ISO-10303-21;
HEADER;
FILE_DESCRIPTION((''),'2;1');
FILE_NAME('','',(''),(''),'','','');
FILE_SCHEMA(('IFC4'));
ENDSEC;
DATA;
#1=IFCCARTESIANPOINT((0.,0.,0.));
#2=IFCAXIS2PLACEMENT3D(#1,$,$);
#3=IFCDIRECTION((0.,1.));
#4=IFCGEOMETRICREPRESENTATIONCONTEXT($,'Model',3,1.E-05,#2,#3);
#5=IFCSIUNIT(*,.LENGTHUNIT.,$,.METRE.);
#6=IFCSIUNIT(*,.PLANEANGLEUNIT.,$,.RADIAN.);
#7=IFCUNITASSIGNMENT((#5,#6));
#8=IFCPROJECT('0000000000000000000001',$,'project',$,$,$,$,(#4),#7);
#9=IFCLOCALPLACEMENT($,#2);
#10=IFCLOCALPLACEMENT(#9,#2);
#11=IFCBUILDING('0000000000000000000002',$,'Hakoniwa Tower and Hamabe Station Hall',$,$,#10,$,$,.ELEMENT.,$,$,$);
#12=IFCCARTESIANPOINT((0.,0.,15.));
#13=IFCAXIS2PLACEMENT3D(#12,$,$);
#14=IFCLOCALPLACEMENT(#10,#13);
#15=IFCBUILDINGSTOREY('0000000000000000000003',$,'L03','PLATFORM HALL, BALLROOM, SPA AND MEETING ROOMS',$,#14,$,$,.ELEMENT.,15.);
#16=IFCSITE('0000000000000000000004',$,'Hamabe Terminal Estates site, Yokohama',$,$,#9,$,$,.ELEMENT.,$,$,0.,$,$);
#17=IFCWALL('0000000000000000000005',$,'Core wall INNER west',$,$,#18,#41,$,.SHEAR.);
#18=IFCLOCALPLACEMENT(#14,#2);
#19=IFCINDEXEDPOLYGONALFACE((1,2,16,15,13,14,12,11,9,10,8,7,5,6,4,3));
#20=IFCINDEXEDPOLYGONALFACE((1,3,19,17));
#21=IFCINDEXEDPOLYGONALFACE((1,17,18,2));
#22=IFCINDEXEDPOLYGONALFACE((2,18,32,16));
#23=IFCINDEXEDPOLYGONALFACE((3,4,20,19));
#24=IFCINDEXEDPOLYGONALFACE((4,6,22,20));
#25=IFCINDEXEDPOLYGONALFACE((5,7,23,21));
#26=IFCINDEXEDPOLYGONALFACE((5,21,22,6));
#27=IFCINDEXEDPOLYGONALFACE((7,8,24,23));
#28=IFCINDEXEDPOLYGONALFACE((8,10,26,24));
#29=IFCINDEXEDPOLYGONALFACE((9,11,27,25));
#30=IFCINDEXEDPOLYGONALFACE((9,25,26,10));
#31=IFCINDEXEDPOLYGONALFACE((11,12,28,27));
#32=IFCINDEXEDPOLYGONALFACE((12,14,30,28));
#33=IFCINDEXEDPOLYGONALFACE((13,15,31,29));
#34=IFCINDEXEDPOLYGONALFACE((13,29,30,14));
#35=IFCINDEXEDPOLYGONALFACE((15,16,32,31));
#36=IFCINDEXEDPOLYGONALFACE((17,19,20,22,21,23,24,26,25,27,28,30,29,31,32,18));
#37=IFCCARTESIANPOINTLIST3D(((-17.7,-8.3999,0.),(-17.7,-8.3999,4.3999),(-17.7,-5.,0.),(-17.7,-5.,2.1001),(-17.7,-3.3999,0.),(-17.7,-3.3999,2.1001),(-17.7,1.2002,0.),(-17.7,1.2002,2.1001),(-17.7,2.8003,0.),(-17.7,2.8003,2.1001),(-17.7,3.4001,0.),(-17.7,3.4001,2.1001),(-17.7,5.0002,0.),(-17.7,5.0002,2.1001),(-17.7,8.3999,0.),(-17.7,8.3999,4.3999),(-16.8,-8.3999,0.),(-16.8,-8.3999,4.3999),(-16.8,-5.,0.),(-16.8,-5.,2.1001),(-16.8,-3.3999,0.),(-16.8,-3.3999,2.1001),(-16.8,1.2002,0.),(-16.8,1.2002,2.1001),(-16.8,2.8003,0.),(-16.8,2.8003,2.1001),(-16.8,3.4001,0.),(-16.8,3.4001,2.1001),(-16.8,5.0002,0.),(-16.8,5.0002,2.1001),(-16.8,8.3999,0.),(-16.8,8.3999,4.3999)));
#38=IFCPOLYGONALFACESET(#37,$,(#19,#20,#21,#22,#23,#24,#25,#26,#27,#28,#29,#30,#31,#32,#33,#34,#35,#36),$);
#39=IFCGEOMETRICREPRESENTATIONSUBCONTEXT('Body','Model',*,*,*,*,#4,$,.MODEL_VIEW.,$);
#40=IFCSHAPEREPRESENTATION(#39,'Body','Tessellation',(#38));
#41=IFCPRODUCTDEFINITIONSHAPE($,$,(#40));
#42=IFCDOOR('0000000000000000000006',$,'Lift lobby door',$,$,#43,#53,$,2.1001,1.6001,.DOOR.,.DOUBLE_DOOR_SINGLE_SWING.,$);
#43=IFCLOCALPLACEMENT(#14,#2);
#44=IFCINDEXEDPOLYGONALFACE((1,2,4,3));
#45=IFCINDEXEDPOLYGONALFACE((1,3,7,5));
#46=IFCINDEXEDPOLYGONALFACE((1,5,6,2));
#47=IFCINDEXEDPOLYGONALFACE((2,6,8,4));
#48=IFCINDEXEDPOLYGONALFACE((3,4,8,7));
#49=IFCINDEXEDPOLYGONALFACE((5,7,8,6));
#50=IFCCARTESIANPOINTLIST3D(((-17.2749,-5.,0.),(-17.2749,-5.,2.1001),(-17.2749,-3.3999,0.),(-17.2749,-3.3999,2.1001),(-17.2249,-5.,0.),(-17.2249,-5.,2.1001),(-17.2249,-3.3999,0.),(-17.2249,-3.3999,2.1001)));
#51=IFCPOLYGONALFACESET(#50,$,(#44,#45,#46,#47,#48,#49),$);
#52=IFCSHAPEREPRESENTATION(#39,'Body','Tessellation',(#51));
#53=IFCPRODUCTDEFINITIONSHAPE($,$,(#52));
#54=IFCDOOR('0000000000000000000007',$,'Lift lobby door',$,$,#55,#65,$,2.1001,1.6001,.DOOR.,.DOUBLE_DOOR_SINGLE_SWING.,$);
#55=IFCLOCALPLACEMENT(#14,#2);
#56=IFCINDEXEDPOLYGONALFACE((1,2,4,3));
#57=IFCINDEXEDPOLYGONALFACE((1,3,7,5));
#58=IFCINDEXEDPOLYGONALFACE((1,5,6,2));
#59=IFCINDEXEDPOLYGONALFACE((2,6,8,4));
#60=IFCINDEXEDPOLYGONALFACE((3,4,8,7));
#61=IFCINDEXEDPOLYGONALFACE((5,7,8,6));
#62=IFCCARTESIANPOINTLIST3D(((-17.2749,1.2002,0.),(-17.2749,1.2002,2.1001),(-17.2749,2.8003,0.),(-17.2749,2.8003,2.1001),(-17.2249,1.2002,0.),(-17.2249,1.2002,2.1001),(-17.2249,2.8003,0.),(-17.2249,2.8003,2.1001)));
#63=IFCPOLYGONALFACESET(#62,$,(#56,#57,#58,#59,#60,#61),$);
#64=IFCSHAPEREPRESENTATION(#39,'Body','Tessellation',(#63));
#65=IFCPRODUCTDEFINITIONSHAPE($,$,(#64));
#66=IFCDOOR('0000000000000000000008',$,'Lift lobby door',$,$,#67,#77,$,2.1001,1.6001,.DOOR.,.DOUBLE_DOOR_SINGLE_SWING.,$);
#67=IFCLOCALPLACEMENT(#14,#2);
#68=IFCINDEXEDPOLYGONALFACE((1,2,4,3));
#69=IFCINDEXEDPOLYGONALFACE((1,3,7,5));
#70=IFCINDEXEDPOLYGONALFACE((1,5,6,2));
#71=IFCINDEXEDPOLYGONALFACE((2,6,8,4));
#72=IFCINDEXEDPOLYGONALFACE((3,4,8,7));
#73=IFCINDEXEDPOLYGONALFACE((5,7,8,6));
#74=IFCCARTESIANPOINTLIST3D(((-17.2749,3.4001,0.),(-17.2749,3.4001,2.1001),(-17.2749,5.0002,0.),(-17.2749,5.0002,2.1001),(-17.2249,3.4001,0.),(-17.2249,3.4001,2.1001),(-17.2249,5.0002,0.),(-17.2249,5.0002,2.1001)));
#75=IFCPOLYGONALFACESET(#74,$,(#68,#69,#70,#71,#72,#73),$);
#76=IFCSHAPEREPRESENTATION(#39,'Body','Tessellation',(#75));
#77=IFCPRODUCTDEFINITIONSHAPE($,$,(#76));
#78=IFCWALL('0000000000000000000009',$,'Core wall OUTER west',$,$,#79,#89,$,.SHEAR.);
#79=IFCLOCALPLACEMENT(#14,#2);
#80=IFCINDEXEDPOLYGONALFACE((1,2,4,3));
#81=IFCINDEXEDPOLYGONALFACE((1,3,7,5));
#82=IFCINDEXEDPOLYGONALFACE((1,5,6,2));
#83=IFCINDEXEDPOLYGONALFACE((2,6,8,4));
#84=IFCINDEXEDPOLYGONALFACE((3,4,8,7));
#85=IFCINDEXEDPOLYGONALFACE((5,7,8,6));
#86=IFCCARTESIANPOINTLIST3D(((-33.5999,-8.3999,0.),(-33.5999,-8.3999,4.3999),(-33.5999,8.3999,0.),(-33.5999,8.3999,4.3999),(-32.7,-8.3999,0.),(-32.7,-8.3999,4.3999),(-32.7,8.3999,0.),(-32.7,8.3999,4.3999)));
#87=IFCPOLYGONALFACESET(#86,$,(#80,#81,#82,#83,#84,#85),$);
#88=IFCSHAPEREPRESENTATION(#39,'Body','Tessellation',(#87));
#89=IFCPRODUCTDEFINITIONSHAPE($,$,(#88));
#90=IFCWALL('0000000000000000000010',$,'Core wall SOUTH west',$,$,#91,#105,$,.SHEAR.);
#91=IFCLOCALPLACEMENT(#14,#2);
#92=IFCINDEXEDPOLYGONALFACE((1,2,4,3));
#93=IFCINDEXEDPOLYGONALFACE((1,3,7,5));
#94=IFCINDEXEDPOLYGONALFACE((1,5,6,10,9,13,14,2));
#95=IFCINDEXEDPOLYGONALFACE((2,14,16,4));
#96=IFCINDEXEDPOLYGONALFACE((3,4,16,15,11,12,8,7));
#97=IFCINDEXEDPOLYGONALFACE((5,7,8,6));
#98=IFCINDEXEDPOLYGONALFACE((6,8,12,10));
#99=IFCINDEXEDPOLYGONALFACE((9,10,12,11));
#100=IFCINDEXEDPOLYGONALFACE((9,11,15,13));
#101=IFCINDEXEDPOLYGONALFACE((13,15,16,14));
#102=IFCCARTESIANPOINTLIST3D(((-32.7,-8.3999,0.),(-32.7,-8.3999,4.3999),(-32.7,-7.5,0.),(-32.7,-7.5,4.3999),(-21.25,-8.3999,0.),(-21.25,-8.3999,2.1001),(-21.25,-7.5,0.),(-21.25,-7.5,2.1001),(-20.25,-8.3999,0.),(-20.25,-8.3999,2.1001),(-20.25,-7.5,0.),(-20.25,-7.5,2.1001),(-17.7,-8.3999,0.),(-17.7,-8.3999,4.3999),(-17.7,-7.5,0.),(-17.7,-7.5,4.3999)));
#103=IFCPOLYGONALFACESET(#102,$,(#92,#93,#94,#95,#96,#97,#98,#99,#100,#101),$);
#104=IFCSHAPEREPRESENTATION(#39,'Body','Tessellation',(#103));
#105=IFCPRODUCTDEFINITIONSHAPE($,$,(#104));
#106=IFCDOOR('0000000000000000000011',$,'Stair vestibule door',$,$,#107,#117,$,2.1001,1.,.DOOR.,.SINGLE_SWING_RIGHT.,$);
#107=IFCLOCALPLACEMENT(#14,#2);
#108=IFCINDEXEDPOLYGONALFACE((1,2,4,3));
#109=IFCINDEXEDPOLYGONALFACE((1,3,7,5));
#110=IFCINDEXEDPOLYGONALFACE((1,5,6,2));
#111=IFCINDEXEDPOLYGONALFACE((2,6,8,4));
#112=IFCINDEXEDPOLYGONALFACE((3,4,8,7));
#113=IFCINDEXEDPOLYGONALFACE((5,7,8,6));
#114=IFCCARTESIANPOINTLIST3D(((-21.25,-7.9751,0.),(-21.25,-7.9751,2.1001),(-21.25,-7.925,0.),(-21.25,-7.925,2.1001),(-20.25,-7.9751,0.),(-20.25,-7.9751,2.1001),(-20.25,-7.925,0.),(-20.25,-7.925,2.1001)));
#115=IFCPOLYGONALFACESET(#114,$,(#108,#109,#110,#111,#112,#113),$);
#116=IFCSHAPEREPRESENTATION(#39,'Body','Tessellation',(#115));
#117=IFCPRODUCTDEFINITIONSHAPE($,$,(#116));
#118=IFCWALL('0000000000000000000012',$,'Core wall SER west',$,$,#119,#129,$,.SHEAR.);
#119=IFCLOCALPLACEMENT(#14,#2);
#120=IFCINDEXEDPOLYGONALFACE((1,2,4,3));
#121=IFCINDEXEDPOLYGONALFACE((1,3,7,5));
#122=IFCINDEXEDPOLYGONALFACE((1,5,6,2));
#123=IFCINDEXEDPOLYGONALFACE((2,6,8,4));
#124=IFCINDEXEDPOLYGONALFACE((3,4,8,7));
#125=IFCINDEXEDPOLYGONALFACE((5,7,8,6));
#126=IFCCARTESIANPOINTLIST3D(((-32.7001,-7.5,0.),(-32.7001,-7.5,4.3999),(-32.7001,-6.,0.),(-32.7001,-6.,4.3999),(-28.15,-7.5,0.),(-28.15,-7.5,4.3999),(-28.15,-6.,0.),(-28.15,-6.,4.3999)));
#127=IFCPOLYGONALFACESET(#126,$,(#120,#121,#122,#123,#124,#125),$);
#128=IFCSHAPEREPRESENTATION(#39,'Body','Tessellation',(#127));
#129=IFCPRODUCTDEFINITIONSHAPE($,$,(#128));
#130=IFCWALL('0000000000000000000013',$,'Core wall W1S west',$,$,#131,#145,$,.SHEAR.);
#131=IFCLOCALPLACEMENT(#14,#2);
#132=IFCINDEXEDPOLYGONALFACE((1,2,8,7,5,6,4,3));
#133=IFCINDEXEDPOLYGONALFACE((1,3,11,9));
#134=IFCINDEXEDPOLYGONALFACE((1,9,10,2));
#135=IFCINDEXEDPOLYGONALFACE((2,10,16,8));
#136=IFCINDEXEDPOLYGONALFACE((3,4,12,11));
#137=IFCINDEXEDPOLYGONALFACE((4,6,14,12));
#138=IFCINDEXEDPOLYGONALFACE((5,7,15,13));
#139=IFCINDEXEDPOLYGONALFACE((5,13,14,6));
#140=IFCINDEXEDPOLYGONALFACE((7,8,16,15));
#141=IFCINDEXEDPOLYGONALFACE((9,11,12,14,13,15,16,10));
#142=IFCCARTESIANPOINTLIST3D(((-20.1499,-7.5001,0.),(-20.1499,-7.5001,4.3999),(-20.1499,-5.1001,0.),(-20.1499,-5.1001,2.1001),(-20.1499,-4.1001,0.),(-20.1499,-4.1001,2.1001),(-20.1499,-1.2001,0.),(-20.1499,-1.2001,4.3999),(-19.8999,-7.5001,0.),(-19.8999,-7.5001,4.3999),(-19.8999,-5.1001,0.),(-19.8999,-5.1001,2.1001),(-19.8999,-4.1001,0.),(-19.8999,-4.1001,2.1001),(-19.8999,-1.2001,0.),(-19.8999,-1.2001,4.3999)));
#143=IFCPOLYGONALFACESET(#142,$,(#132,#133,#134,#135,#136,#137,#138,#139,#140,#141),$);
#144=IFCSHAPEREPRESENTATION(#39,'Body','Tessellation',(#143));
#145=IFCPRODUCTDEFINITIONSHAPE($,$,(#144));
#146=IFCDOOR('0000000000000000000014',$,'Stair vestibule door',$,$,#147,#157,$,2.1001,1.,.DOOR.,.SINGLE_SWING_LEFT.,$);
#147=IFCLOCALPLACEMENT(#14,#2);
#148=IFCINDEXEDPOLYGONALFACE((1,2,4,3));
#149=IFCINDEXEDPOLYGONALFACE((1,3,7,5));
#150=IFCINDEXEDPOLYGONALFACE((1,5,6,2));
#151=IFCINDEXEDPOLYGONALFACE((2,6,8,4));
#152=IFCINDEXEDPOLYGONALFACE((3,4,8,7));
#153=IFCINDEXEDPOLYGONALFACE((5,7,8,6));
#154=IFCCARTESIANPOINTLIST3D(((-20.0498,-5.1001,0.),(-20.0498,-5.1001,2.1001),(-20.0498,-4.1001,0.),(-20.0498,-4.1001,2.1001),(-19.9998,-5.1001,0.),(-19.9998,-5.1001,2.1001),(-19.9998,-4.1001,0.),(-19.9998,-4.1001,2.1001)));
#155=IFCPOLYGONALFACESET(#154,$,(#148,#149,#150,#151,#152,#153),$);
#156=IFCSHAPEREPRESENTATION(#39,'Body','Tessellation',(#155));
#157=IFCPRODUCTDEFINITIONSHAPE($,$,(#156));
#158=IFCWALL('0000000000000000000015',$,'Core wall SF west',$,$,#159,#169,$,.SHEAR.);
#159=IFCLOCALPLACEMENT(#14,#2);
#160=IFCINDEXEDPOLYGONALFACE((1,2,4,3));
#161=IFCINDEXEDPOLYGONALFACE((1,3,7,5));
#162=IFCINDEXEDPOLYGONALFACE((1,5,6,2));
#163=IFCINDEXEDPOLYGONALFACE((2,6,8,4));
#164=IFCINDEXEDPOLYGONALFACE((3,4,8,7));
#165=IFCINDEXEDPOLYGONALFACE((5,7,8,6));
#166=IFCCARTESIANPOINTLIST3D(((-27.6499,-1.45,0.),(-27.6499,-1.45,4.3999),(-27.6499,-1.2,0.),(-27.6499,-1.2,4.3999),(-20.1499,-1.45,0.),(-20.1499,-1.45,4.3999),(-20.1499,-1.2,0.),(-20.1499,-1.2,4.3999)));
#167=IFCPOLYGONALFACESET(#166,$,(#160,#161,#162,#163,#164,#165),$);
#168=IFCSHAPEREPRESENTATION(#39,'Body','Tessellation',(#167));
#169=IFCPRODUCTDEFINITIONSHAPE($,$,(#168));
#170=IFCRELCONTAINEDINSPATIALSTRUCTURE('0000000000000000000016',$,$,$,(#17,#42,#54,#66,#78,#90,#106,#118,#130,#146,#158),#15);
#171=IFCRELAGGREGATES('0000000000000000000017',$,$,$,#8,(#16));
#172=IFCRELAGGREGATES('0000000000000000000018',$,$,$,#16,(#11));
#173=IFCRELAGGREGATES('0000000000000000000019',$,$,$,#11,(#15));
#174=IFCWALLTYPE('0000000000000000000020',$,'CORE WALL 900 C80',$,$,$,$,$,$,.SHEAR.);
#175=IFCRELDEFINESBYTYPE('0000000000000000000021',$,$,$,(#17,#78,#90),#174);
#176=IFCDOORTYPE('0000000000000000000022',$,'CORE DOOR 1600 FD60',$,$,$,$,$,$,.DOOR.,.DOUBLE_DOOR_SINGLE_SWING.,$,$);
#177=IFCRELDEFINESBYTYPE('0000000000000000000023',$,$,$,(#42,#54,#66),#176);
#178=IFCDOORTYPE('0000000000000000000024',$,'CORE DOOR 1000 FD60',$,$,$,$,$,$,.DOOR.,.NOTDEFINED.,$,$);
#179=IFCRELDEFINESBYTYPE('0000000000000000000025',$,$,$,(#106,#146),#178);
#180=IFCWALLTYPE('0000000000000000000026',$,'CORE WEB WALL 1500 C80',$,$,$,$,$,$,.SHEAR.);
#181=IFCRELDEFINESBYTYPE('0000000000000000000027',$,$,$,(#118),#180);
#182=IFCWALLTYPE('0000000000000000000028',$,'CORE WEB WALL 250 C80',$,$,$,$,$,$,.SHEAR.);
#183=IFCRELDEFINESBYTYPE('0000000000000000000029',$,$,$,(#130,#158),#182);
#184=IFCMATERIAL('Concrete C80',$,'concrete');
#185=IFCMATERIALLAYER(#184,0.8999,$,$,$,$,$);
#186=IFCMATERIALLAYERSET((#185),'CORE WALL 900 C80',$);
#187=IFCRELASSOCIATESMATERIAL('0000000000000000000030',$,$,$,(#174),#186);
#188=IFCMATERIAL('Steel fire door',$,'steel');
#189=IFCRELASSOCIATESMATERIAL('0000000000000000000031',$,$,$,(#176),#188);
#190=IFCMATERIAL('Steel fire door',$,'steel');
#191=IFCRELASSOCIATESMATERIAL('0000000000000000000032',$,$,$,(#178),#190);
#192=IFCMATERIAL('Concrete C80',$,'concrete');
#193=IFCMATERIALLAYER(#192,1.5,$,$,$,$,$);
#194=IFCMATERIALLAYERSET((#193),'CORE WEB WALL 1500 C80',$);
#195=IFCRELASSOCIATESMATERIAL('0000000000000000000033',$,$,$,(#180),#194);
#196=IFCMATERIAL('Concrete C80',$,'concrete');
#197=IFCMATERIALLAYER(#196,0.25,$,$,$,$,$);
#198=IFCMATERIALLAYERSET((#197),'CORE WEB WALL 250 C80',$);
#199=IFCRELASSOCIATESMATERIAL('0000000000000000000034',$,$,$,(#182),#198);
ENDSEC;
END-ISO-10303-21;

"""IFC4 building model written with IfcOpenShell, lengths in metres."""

from ifc_helpers import new_model, si_unit, direction, frame, frame_2d, origin, place, context, subcontext, project, spatial, rectangle, extrude, material, layer, layer_set, type_object, element, fill, save


model = new_model("IFC4")

# Units and contexts
model_context = context("Model", 3, precision=1e-05, world=origin(), true_north=direction((0.0, 1.0)))
body_context = subcontext(model_context, "Body", "Model", "MODEL_VIEW")
ifc_project = project(units=[si_unit("LENGTHUNIT", "METRE"), si_unit("PLANEANGLEUNIT", "RADIAN")], contexts=[model_context])

# Site, building, storey
site_placement = place(None, origin())
site = spatial("IfcSite", under=ifc_project, at=site_placement, Name="Hamabe Terminal Estates site, Yokohama", CompositionType="ELEMENT", RefElevation=0.0)
building_placement = place(site_placement, origin())
building = spatial("IfcBuilding", under=site, at=building_placement, Name="Hakoniwa Tower and Hamabe Station Hall", CompositionType="ELEMENT")
storey_placement = place(building_placement, frame((0.0, 0.0, 15.0)))
storey = spatial("IfcBuildingStorey", under=building, at=storey_placement, Name="L03", Description="PLATFORM HALL, BALLROOM, SPA AND MEETING ROOMS", CompositionType="ELEMENT", Elevation=15.0)

# Wall, openings, doors
ifc_material_1 = material(Name="Concrete C80", Category="concrete")
ifc_layer_1 = layer(ifc_material_1, 0.8999)
ifc_layer_set_1 = layer_set([ifc_layer_1], Name="CORE WALL 900 C80")
wall_type_1 = type_object("IfcWallType", Name="CORE WALL 900 C80", PredefinedType="SHEAR", material=ifc_layer_set_1)
wall_1_placement = place(storey_placement, frame((-17.25, -8.3999, 0.0), z_axis=(0.0, 0.0, 1.0), x_axis=(0.0, 1.0, 0.0)))
wall_1 = element("IfcWall", 1, at=wall_1_placement, inside=storey, type_object=wall_type_1, Name="Core wall INNER west", PredefinedType="SHEAR", context=body_context, shape_type="SweptSolid", body=[
    extrude(rectangle(XDim=16.7998, YDim=0.8999, at=frame_2d((8.3999, 0.0))), origin(), (0.0, 0.0, 1.0), 4.3999),
])
opening_1_placement = place(wall_1_placement, frame((3.3999, 0.0, 0.0)))
opening_1 = element("IfcOpeningElement", 2, at=opening_1_placement, cuts=wall_1, PredefinedType="OPENING", context=body_context, shape_type="SweptSolid", body=[
    extrude(rectangle(XDim=1.6001, YDim=2.1001, at=frame_2d((0.8, 1.05))), frame((0.0, 0.46, 0.0), z_axis=(0.0, -1.0, 0.0), x_axis=(1.0, 0.0, 0.0)), (0.0, 0.0, 1.0), 0.9199),
])
opening_2_placement = place(wall_1_placement, frame((9.6001, 0.0, 0.0)))
opening_2 = element("IfcOpeningElement", 3, at=opening_2_placement, cuts=wall_1, PredefinedType="OPENING", context=body_context, shape_type="SweptSolid", body=[
    extrude(rectangle(XDim=1.6001, YDim=2.1001, at=frame_2d((0.8, 1.05))), frame((0.0, 0.46, 0.0), z_axis=(0.0, -1.0, 0.0), x_axis=(1.0, 0.0, 0.0)), (0.0, 0.0, 1.0), 0.9199),
])
opening_3_placement = place(wall_1_placement, frame((11.8, 0.0, 0.0)))
opening_3 = element("IfcOpeningElement", 4, at=opening_3_placement, cuts=wall_1, PredefinedType="OPENING", context=body_context, shape_type="SweptSolid", body=[
    extrude(rectangle(XDim=1.6001, YDim=2.1001, at=frame_2d((0.8, 1.05))), frame((0.0, 0.46, 0.0), z_axis=(0.0, -1.0, 0.0), x_axis=(1.0, 0.0, 0.0)), (0.0, 0.0, 1.0), 0.9199),
])
ifc_material_2 = material(Name="Steel fire door", Category="steel")
door_type_1 = type_object("IfcDoorType", Name="CORE DOOR 1600 FD60", OperationType="DOUBLE_DOOR_SINGLE_SWING", PredefinedType="DOOR", material=ifc_material_2)
door_1_placement = place(opening_1_placement, origin())
door_1 = element("IfcDoor", 5, at=door_1_placement, inside=storey, type_object=door_type_1, Name="Lift lobby door", OperationType="DOUBLE_DOOR_SINGLE_SWING", OverallHeight=2.1001, OverallWidth=1.6001, PredefinedType="DOOR", context=body_context, shape_type="SweptSolid", body=[
    extrude(rectangle(XDim=1.6001, YDim=2.1001, at=frame_2d((0.8, 1.05))), frame((0.0, 0.0249, 0.0), z_axis=(0.0, -1.0, 0.0), x_axis=(1.0, 0.0, 0.0)), (0.0, 0.0, 1.0), 0.05),
])
fill(opening_1, door_1)
door_2_placement = place(opening_2_placement, origin())
door_2 = element("IfcDoor", 6, at=door_2_placement, inside=storey, type_object=door_type_1, Name="Lift lobby door", OperationType="DOUBLE_DOOR_SINGLE_SWING", OverallHeight=2.1001, OverallWidth=1.6001, PredefinedType="DOOR", context=body_context, shape_type="SweptSolid", body=[
    extrude(rectangle(XDim=1.6001, YDim=2.1001, at=frame_2d((0.8, 1.05))), frame((0.0, 0.0249, 0.0), z_axis=(0.0, -1.0, 0.0), x_axis=(1.0, 0.0, 0.0)), (0.0, 0.0, 1.0), 0.05),
])
fill(opening_2, door_2)
door_3_placement = place(opening_3_placement, origin())
door_3 = element("IfcDoor", 7, at=door_3_placement, inside=storey, type_object=door_type_1, Name="Lift lobby door", OperationType="DOUBLE_DOOR_SINGLE_SWING", OverallHeight=2.1001, OverallWidth=1.6001, PredefinedType="DOOR", context=body_context, shape_type="SweptSolid", body=[
    extrude(rectangle(XDim=1.6001, YDim=2.1001, at=frame_2d((0.8, 1.05))), frame((0.0, 0.0249, 0.0), z_axis=(0.0, -1.0, 0.0), x_axis=(1.0, 0.0, 0.0)), (0.0, 0.0, 1.0), 0.05),
])
fill(opening_3, door_3)

# Wall
wall_2_placement = place(storey_placement, frame((-33.1499, -8.3999, 0.0), z_axis=(0.0, 0.0, 1.0), x_axis=(0.0, 1.0, 0.0)))
element("IfcWall", 8, at=wall_2_placement, inside=storey, type_object=wall_type_1, Name="Core wall OUTER west", PredefinedType="SHEAR", context=body_context, shape_type="SweptSolid", body=[
    extrude(rectangle(XDim=16.7998, YDim=0.8999, at=frame_2d((8.3999, 0.0))), origin(), (0.0, 0.0, 1.0), 4.3999),
])

# Wall, opening, door
wall_3_placement = place(storey_placement, frame((-32.7, -7.95, 0.0), z_axis=(0.0, 0.0, 1.0), x_axis=(1.0, 0.0, 0.0)))
wall_3 = element("IfcWall", 9, at=wall_3_placement, inside=storey, type_object=wall_type_1, Name="Core wall SOUTH west", PredefinedType="SHEAR", context=body_context, shape_type="SweptSolid", body=[
    extrude(rectangle(XDim=15.0, YDim=0.8999, at=frame_2d((7.5, 0.0))), origin(), (0.0, 0.0, 1.0), 4.3999),
])
opening_4_placement = place(wall_3_placement, frame((11.45, 0.0, 0.0)))
opening_4 = element("IfcOpeningElement", 10, at=opening_4_placement, cuts=wall_3, PredefinedType="OPENING", context=body_context, shape_type="SweptSolid", body=[
    extrude(rectangle(XDim=1.0, YDim=2.1001, at=frame_2d((0.5, 1.05))), frame((0.0, 0.46, 0.0), z_axis=(0.0, -1.0, 0.0), x_axis=(1.0, 0.0, 0.0)), (0.0, 0.0, 1.0), 0.9199),
])
ifc_material_3 = material(Name="Steel fire door", Category="steel")
door_type_2 = type_object("IfcDoorType", Name="CORE DOOR 1000 FD60", OperationType="NOTDEFINED", PredefinedType="DOOR", material=ifc_material_3)
door_4_placement = place(opening_4_placement, origin())
door_4 = element("IfcDoor", 11, at=door_4_placement, inside=storey, type_object=door_type_2, Name="Stair vestibule door", OperationType="SINGLE_SWING_RIGHT", OverallHeight=2.1001, OverallWidth=1.0, PredefinedType="DOOR", context=body_context, shape_type="SweptSolid", body=[
    extrude(rectangle(XDim=1.0, YDim=2.1001, at=frame_2d((0.5, 1.05))), frame((0.0, 0.0249, 0.0), z_axis=(0.0, -1.0, 0.0), x_axis=(1.0, 0.0, 0.0)), (0.0, 0.0, 1.0), 0.05),
])
fill(opening_4, door_4)

# Wall
ifc_material_4 = material(Name="Concrete C80", Category="concrete")
ifc_layer_2 = layer(ifc_material_4, 1.5)
ifc_layer_set_2 = layer_set([ifc_layer_2], Name="CORE WEB WALL 1500 C80")
wall_type_2 = type_object("IfcWallType", Name="CORE WEB WALL 1500 C80", PredefinedType="SHEAR", material=ifc_layer_set_2)
wall_4_placement = place(storey_placement, frame((-32.7, -6.75, 0.0), z_axis=(0.0, 0.0, 1.0), x_axis=(1.0, 0.0, 0.0)))
element("IfcWall", 12, at=wall_4_placement, inside=storey, type_object=wall_type_2, Name="Core wall SER west", PredefinedType="SHEAR", context=body_context, shape_type="SweptSolid", body=[
    extrude(rectangle(XDim=4.55, YDim=1.5, at=frame_2d((2.2749, 0.0))), origin(), (0.0, 0.0, 1.0), 4.3999),
])

# Wall, opening, door
ifc_material_5 = material(Name="Concrete C80", Category="concrete")
ifc_layer_3 = layer(ifc_material_5, 0.25)
ifc_layer_set_3 = layer_set([ifc_layer_3], Name="CORE WEB WALL 250 C80")
wall_type_3 = type_object("IfcWallType", Name="CORE WEB WALL 250 C80", PredefinedType="SHEAR", material=ifc_layer_set_3)
wall_5_placement = place(storey_placement, frame((-20.0249, -7.5, 0.0), z_axis=(0.0, 0.0, 1.0), x_axis=(0.0, 1.0, 0.0)))
wall_5 = element("IfcWall", 13, at=wall_5_placement, inside=storey, type_object=wall_type_3, Name="Core wall W1S west", PredefinedType="SHEAR", context=body_context, shape_type="SweptSolid", body=[
    extrude(rectangle(XDim=6.3, YDim=0.25, at=frame_2d((3.1499, 0.0))), origin(), (0.0, 0.0, 1.0), 4.3999),
])
opening_5_placement = place(wall_5_placement, frame((2.3999, 0.0, 0.0)))
opening_5 = element("IfcOpeningElement", 14, at=opening_5_placement, cuts=wall_5, PredefinedType="OPENING", context=body_context, shape_type="SweptSolid", body=[
    extrude(rectangle(XDim=1.0, YDim=2.1001, at=frame_2d((0.5, 1.05))), frame((0.0, 0.135, 0.0), z_axis=(0.0, -1.0, 0.0), x_axis=(1.0, 0.0, 0.0)), (0.0, 0.0, 1.0), 0.27),
])
door_5_placement = place(opening_5_placement, origin())
door_5 = element("IfcDoor", 15, at=door_5_placement, inside=storey, type_object=door_type_2, Name="Stair vestibule door", OperationType="SINGLE_SWING_LEFT", OverallHeight=2.1001, OverallWidth=1.0, PredefinedType="DOOR", context=body_context, shape_type="SweptSolid", body=[
    extrude(rectangle(XDim=1.0, YDim=2.1001, at=frame_2d((0.5, 1.05))), frame((0.0, 0.0249, 0.0), z_axis=(0.0, -1.0, 0.0), x_axis=(1.0, 0.0, 0.0)), (0.0, 0.0, 1.0), 0.05),
])
fill(opening_5, door_5)

# Wall
wall_6_placement = place(storey_placement, frame((-27.6499, -1.325, 0.0), z_axis=(0.0, 0.0, 1.0), x_axis=(1.0, 0.0, 0.0)))
element("IfcWall", 16, at=wall_6_placement, inside=storey, type_object=wall_type_3, Name="Core wall SF west", PredefinedType="SHEAR", context=body_context, shape_type="SweptSolid", body=[
    extrude(rectangle(XDim=7.5, YDim=0.25, at=frame_2d((3.75, 0.0))), origin(), (0.0, 0.0, 1.0), 4.3999),
])

save(model, "model.ifc")
